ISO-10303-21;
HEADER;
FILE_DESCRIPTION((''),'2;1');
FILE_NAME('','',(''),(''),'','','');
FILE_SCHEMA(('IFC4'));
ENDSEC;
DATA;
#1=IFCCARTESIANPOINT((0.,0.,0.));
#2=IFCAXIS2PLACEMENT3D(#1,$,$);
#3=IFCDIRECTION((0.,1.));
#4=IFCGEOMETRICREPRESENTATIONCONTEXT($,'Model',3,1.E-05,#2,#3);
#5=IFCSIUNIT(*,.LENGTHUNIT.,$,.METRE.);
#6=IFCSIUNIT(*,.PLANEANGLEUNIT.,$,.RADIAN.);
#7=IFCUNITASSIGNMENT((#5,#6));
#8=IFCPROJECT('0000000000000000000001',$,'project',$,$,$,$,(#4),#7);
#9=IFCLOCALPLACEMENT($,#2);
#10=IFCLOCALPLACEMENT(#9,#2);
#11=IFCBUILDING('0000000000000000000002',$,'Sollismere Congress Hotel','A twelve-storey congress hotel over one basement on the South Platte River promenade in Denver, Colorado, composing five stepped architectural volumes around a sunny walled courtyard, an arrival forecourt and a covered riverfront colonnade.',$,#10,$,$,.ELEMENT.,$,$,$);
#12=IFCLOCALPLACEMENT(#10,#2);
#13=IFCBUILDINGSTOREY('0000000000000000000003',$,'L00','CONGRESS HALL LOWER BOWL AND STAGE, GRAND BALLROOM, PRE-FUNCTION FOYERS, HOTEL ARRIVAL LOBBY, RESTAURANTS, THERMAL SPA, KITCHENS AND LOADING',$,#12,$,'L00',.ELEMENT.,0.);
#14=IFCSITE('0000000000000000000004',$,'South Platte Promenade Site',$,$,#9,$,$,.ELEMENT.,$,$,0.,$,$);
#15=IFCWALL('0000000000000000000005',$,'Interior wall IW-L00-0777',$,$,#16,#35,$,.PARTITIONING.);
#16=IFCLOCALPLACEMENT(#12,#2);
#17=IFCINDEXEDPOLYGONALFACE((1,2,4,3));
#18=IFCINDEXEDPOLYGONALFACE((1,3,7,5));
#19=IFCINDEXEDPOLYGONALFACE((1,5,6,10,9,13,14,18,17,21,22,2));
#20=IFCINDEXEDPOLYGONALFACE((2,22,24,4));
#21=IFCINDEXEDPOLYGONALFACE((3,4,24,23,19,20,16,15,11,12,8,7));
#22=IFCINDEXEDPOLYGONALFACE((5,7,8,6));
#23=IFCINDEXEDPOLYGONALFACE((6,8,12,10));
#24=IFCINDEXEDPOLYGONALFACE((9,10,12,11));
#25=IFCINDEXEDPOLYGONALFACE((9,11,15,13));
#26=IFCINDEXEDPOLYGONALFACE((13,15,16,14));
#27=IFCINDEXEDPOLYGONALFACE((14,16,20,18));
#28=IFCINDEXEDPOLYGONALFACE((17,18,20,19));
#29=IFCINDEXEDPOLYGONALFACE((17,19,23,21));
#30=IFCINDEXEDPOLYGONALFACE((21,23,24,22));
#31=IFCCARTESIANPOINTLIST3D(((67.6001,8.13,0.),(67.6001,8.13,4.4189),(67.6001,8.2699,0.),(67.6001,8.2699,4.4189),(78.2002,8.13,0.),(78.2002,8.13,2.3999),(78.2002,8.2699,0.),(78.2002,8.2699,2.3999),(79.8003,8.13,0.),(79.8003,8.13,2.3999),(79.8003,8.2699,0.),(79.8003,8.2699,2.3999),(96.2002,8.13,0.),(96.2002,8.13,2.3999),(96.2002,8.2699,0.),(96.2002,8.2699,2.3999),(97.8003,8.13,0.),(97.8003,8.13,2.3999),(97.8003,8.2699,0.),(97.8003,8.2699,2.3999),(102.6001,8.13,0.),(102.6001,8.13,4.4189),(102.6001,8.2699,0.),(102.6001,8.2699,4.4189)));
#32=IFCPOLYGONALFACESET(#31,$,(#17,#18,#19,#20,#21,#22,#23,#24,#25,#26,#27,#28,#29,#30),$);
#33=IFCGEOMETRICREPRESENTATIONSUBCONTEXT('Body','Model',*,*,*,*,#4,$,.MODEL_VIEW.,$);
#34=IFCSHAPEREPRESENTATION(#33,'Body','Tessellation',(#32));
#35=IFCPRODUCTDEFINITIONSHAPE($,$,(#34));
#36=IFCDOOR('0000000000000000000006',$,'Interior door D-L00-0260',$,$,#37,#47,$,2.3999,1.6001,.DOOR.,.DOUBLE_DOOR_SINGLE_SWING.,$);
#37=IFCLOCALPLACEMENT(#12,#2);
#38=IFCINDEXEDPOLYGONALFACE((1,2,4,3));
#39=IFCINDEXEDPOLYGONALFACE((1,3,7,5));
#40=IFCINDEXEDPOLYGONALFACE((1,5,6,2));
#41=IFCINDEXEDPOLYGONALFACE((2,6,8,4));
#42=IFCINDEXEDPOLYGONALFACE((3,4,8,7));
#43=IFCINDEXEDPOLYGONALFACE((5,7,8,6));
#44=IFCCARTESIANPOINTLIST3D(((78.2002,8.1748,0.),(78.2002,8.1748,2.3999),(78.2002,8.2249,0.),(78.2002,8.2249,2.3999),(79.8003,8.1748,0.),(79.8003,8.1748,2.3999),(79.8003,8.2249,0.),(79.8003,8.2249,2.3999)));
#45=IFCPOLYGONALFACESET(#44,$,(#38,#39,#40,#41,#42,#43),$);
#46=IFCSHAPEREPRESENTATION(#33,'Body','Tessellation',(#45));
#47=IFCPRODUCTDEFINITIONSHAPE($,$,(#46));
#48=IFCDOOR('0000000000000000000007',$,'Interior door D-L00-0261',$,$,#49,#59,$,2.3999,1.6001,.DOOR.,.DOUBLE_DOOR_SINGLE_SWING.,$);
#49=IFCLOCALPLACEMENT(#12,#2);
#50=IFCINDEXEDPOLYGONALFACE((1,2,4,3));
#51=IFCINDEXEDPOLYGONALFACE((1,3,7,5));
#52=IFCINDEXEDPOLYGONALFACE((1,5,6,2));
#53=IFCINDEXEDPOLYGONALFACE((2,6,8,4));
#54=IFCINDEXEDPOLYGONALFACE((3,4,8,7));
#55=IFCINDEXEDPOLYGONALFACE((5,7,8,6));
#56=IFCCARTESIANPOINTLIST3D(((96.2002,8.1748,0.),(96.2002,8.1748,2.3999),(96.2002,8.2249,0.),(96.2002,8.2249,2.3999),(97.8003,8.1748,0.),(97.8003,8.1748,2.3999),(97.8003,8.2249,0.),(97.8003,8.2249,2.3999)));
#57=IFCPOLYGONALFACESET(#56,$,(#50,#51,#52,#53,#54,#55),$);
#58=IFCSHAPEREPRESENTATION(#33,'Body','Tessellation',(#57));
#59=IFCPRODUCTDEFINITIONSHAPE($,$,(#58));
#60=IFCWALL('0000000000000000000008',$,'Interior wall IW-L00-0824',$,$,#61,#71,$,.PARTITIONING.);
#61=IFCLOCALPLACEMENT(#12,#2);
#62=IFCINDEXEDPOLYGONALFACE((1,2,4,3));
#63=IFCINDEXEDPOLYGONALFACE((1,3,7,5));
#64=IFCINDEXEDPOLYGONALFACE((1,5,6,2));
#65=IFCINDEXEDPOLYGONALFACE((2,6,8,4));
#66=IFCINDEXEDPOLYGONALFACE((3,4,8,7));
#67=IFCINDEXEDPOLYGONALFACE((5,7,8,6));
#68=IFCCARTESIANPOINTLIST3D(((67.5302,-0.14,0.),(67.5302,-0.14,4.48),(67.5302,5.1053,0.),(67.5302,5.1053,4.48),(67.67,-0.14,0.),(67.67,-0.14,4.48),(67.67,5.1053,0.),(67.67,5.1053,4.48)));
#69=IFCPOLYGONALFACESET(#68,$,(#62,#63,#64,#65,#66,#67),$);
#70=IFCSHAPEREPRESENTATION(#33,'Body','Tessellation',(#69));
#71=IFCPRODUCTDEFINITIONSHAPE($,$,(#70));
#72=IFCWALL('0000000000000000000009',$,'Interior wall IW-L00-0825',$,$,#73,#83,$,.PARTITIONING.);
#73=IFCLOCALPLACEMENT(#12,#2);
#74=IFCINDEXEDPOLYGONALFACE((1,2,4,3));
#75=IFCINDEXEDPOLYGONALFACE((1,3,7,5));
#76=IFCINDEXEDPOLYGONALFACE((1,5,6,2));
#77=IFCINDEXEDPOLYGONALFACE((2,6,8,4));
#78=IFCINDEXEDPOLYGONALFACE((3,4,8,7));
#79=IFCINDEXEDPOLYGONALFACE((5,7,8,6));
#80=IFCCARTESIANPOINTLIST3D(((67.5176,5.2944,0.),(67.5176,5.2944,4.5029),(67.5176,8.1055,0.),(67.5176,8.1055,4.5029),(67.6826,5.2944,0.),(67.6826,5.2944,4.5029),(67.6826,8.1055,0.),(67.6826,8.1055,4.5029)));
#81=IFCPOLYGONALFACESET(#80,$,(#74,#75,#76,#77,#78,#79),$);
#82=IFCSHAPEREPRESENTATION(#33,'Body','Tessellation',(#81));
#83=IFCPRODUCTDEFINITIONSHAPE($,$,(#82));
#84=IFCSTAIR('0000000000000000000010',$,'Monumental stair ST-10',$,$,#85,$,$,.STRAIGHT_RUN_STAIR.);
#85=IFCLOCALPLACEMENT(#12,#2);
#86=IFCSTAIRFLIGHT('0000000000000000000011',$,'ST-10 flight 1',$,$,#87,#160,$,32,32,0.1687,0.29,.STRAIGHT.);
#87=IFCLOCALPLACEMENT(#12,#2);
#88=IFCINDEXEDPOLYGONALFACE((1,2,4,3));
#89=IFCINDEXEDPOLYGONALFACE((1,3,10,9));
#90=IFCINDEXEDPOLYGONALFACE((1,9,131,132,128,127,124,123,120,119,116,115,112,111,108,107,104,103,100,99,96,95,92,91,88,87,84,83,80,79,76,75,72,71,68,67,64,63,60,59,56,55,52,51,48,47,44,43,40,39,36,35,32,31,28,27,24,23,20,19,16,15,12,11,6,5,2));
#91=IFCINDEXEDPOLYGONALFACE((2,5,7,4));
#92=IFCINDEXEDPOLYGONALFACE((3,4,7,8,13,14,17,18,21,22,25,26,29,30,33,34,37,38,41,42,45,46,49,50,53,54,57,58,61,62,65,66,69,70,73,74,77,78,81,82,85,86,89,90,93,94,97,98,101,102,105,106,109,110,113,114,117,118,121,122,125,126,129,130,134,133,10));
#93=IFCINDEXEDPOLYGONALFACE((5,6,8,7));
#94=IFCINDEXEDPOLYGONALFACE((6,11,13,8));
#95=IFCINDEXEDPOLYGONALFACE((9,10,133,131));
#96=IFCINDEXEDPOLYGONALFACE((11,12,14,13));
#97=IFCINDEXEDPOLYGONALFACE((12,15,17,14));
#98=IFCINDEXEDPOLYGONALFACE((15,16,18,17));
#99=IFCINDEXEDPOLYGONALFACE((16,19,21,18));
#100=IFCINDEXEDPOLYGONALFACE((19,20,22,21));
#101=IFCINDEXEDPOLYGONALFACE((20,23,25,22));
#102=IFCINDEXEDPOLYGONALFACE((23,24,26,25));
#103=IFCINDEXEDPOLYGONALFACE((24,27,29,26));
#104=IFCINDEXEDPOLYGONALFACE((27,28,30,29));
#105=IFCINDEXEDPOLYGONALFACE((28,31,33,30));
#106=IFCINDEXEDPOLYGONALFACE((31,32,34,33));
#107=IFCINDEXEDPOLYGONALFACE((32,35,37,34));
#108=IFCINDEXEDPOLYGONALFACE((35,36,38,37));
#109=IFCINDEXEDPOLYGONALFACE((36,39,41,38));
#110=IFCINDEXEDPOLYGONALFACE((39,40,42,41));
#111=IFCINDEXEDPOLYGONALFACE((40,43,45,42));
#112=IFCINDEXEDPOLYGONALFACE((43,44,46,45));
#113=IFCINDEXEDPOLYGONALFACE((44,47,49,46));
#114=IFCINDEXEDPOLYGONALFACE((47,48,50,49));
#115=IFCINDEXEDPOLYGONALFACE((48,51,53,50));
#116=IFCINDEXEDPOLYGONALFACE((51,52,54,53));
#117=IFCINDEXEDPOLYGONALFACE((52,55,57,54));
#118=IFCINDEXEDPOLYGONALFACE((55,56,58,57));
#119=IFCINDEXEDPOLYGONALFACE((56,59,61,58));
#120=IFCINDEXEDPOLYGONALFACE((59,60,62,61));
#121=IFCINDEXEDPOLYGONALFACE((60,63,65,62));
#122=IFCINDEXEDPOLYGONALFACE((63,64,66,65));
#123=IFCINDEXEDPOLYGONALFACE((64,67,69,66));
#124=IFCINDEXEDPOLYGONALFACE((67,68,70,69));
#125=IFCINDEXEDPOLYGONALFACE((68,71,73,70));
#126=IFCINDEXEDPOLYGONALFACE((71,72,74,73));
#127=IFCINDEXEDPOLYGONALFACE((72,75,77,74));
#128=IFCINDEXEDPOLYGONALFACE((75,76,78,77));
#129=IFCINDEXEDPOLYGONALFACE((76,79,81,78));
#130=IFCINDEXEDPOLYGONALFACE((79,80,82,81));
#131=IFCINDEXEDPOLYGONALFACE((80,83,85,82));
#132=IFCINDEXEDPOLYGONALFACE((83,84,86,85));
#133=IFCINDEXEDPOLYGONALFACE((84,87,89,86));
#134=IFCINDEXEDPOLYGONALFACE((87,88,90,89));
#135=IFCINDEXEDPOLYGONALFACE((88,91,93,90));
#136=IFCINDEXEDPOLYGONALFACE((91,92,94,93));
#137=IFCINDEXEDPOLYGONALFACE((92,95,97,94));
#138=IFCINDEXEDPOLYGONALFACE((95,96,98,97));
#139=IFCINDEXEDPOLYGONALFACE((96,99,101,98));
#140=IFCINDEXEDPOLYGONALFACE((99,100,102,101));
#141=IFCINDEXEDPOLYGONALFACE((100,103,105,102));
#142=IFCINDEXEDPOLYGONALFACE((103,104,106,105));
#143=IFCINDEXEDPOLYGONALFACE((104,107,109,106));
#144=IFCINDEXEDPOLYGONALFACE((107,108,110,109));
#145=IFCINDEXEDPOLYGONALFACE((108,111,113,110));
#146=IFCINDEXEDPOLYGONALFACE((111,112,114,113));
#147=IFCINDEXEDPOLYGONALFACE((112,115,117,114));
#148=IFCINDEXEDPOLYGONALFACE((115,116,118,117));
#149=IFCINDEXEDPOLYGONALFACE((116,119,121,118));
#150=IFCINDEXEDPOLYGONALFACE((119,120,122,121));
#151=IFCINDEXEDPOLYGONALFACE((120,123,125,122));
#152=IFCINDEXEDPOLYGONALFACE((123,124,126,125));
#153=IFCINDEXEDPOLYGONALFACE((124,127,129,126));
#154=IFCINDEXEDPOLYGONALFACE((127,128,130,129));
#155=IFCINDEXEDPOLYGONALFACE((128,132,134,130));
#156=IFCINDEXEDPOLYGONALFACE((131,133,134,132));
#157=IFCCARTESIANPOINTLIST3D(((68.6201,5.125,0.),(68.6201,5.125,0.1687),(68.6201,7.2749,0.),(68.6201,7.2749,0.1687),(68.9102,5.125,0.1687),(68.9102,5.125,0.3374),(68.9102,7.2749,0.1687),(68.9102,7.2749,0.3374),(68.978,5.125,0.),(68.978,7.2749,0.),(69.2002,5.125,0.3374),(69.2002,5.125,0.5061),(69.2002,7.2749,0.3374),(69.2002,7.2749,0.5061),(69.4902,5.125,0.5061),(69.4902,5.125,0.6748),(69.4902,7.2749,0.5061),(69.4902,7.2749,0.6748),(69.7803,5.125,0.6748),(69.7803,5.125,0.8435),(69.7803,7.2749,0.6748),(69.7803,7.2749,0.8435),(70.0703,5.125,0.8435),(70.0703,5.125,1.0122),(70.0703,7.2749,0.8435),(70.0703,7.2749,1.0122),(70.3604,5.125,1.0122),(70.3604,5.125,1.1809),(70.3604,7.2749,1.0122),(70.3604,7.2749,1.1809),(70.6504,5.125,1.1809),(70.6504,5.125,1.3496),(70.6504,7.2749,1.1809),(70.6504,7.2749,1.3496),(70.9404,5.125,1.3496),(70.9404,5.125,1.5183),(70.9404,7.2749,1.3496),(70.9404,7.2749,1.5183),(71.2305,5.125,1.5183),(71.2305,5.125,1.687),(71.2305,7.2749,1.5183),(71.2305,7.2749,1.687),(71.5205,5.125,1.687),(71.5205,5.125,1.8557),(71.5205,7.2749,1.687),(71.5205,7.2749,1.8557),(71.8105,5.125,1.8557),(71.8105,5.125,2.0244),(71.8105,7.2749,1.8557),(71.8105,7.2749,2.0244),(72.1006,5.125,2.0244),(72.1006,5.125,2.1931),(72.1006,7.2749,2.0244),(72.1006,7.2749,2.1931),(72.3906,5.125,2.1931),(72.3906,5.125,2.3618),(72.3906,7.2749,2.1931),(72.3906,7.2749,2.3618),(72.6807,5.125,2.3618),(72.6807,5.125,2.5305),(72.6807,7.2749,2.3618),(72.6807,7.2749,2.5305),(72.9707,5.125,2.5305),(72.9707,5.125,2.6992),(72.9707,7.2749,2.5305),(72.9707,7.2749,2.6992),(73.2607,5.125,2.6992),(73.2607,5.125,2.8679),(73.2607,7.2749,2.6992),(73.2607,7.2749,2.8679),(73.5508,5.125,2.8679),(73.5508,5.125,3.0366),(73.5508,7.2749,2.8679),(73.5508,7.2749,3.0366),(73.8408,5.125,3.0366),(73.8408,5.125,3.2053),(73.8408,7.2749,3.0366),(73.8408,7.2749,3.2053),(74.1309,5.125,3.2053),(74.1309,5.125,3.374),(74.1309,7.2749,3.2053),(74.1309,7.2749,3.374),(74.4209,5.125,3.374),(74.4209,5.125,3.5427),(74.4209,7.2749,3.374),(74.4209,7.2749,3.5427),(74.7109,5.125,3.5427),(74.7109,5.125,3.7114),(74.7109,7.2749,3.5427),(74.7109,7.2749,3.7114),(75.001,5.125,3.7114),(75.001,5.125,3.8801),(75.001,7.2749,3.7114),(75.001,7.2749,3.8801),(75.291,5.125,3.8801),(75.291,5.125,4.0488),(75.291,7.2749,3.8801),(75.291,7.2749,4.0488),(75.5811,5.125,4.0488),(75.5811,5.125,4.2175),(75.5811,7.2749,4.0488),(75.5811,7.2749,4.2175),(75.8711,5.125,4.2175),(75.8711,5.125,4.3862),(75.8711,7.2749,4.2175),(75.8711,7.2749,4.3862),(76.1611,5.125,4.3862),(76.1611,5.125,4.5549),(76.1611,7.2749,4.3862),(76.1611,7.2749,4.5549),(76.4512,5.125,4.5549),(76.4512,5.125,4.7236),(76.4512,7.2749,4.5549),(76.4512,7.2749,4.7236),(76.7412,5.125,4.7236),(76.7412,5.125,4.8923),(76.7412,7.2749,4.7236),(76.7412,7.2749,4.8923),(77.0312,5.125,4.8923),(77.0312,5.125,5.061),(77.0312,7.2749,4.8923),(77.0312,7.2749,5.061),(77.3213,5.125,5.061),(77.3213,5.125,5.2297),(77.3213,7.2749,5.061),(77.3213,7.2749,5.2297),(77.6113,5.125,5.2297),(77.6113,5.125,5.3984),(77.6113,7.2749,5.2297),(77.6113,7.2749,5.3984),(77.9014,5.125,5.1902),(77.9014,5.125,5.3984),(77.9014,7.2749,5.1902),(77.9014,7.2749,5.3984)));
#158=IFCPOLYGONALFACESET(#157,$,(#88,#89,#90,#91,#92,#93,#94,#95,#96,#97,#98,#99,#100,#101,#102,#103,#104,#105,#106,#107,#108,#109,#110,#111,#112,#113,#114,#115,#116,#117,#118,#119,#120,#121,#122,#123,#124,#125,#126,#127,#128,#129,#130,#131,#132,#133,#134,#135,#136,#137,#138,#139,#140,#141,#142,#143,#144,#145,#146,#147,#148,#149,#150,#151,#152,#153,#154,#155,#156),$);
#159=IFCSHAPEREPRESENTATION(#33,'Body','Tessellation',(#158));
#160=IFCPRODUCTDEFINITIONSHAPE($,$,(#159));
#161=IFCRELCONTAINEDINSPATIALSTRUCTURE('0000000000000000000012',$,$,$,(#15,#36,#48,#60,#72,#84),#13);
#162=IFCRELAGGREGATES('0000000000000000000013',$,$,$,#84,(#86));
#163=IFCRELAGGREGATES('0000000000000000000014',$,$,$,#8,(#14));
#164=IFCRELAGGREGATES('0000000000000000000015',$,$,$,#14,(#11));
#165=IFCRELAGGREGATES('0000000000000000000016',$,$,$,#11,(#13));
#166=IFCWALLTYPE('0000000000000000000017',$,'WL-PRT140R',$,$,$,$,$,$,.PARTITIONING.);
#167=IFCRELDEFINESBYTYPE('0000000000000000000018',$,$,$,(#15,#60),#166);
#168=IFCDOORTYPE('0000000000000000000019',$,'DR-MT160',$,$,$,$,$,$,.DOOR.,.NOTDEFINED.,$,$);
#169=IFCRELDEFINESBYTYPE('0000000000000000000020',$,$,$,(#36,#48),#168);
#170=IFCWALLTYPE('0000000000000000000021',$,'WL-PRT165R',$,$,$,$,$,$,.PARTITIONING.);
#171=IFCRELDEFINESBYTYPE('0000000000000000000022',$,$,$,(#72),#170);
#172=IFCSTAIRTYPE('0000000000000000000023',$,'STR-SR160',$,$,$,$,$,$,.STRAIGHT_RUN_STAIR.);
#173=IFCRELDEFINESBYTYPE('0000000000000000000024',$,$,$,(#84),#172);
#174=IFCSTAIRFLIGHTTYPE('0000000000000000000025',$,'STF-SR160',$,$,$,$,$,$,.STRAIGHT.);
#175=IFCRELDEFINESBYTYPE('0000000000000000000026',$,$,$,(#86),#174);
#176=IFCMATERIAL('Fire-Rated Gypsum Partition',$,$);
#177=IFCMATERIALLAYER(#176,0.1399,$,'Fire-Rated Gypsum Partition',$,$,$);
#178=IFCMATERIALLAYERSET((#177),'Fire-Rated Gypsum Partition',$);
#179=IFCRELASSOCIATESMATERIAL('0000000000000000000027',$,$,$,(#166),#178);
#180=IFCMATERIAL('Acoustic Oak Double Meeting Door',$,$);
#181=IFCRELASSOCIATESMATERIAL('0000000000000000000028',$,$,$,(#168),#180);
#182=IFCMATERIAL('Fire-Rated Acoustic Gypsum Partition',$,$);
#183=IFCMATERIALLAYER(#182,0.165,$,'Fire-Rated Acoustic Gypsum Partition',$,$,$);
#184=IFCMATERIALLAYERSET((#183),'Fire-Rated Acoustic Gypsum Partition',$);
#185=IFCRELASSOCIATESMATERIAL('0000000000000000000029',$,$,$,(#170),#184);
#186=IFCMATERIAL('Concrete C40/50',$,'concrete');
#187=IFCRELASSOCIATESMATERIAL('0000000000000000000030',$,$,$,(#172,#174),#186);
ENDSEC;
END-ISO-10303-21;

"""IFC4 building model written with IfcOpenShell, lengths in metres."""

from ifc_helpers import new_model, si_unit, direction, frame, frame_2d, origin, place, context, subcontext, project, spatial, polyline, rectangle, outline, extrude, material, layer, layer_set, type_object, element, fill, aggregate, save


model = new_model("IFC4")

# Units and contexts
model_context = context("Model", 3, precision=1e-05, world=origin(), true_north=direction((0.0, 1.0)))
body_context = subcontext(model_context, "Body", "Model", "MODEL_VIEW")
ifc_project = project(units=[si_unit("LENGTHUNIT", "METRE"), si_unit("PLANEANGLEUNIT", "RADIAN")], contexts=[model_context])

# Site, building, storey
site_placement = place(None, origin())
site = spatial("IfcSite", under=ifc_project, at=site_placement, Name="South Platte Promenade Site", CompositionType="ELEMENT", RefElevation=0.0)
building_placement = place(site_placement, origin())
building = spatial("IfcBuilding", under=site, at=building_placement, Name="Sollismere Congress Hotel", Description="A twelve-storey congress hotel over one basement on the South Platte River promenade in Denver, Colorado, composing five stepped architectural volumes around a sunny walled courtyard, an arrival forecourt and a covered riverfront colonnade.", CompositionType="ELEMENT")
storey_placement = place(building_placement, origin())
storey = spatial("IfcBuildingStorey", under=building, at=storey_placement, Name="L00", Description="CONGRESS HALL LOWER BOWL AND STAGE, GRAND BALLROOM, PRE-FUNCTION FOYERS, HOTEL ARRIVAL LOBBY, RESTAURANTS, THERMAL SPA, KITCHENS AND LOADING", LongName="L00", CompositionType="ELEMENT", Elevation=0.0)

# Wall, openings, doors
ifc_material_1 = material(Name="Fire-Rated Gypsum Partition")
ifc_layer_1 = layer(ifc_material_1, 0.1399, Name="Fire-Rated Gypsum Partition")
ifc_layer_set_1 = layer_set([ifc_layer_1], Name="Fire-Rated Gypsum Partition")
wall_type_1 = type_object("IfcWallType", Name="WL-PRT140R", PredefinedType="PARTITIONING", material=ifc_layer_set_1)
wall_1_placement = place(storey_placement, frame((67.6001, 8.2, 0.0), z_axis=(0.0, 0.0, 1.0), x_axis=(1.0, 0.0, 0.0)))
wall_1 = element("IfcWall", 1, at=wall_1_placement, inside=storey, type_object=wall_type_1, Name="Interior wall IW-L00-0777", PredefinedType="PARTITIONING", context=body_context, shape_type="SweptSolid", body=[
    extrude(rectangle(XDim=35.0, YDim=0.1399, at=frame_2d((17.5, 0.0))), origin(), (0.0, 0.0, 1.0), 4.4189),
])
opening_1_placement = place(wall_1_placement, frame((10.6001, 0.0, 0.0)))
opening_1 = element("IfcOpeningElement", 2, at=opening_1_placement, cuts=wall_1, PredefinedType="OPENING", context=body_context, shape_type="SweptSolid", body=[
    extrude(rectangle(XDim=1.6001, YDim=2.3999, at=frame_2d((0.8, 1.2))), frame((0.0, 0.0798, 0.0), z_axis=(0.0, -1.0, 0.0), x_axis=(1.0, 0.0, 0.0)), (0.0, 0.0, 1.0), 0.1599),
])
opening_2_placement = place(wall_1_placement, frame((28.6001, 0.0, 0.0)))
opening_2 = element("IfcOpeningElement", 3, at=opening_2_placement, cuts=wall_1, PredefinedType="OPENING", context=body_context, shape_type="SweptSolid", body=[
    extrude(rectangle(XDim=1.6001, YDim=2.3999, at=frame_2d((0.8, 1.2))), frame((0.0, 0.0798, 0.0), z_axis=(0.0, -1.0, 0.0), x_axis=(1.0, 0.0, 0.0)), (0.0, 0.0, 1.0), 0.1599),
])
ifc_material_2 = material(Name="Acoustic Oak Double Meeting Door")
door_type = type_object("IfcDoorType", Name="DR-MT160", OperationType="NOTDEFINED", PredefinedType="DOOR", material=ifc_material_2)
door_1_placement = place(opening_1_placement, origin())
door_1 = element("IfcDoor", 4, at=door_1_placement, inside=storey, type_object=door_type, Name="Interior door D-L00-0260", OperationType="DOUBLE_DOOR_SINGLE_SWING", OverallHeight=2.3999, OverallWidth=1.6001, PredefinedType="DOOR", context=body_context, shape_type="SweptSolid", body=[
    extrude(rectangle(XDim=1.6001, YDim=2.3999, at=frame_2d((0.8, 1.2))), frame((0.0, 0.0249, 0.0), z_axis=(0.0, -1.0, 0.0), x_axis=(1.0, 0.0, 0.0)), (0.0, 0.0, 1.0), 0.05),
])
fill(opening_1, door_1)
door_2_placement = place(opening_2_placement, origin())
door_2 = element("IfcDoor", 5, at=door_2_placement, inside=storey, type_object=door_type, Name="Interior door D-L00-0261", OperationType="DOUBLE_DOOR_SINGLE_SWING", OverallHeight=2.3999, OverallWidth=1.6001, PredefinedType="DOOR", context=body_context, shape_type="SweptSolid", body=[
    extrude(rectangle(XDim=1.6001, YDim=2.3999, at=frame_2d((0.8, 1.2))), frame((0.0, 0.0249, 0.0), z_axis=(0.0, -1.0, 0.0), x_axis=(1.0, 0.0, 0.0)), (0.0, 0.0, 1.0), 0.05),
])
fill(opening_2, door_2)

# Walls
wall_2_placement = place(storey_placement, frame((67.6001, -0.1399, 0.0), z_axis=(0.0, 0.0, 1.0), x_axis=(0.0, 1.0, 0.0)))
element("IfcWall", 6, at=wall_2_placement, inside=storey, type_object=wall_type_1, Name="Interior wall IW-L00-0824", PredefinedType="PARTITIONING", context=body_context, shape_type="SweptSolid", body=[
    extrude(rectangle(XDim=5.2454, YDim=0.1399, at=frame_2d((2.6226, 0.0))), origin(), (0.0, 0.0, 1.0), 4.48),
])
ifc_material_3 = material(Name="Fire-Rated Acoustic Gypsum Partition")
ifc_layer_2 = layer(ifc_material_3, 0.165, Name="Fire-Rated Acoustic Gypsum Partition")
ifc_layer_set_2 = layer_set([ifc_layer_2], Name="Fire-Rated Acoustic Gypsum Partition")
wall_type_2 = type_object("IfcWallType", Name="WL-PRT165R", PredefinedType="PARTITIONING", material=ifc_layer_set_2)
wall_3_placement = place(storey_placement, frame((67.6001, 5.2944, 0.0), z_axis=(0.0, 0.0, 1.0), x_axis=(0.0, 1.0, 0.0)))
element("IfcWall", 7, at=wall_3_placement, inside=storey, type_object=wall_type_2, Name="Interior wall IW-L00-0825", PredefinedType="PARTITIONING", context=body_context, shape_type="SweptSolid", body=[
    extrude(rectangle(XDim=2.811, YDim=0.165, at=frame_2d((1.4055, 0.0))), origin(), (0.0, 0.0, 1.0), 4.5029),
])

# Stair, stair flight
ifc_material_4 = material(Name="Concrete C40/50", Category="concrete")
stair_type = type_object("IfcStairType", Name="STR-SR160", PredefinedType="STRAIGHT_RUN_STAIR", material=ifc_material_4)
stair_placement = place(storey_placement, origin())
stair = element("IfcStair", 8, at=stair_placement, inside=storey, type_object=stair_type, Name="Monumental stair ST-10", PredefinedType="STRAIGHT_RUN_STAIR")
stair_flight_type = type_object("IfcStairFlightType", Name="STF-SR160", PredefinedType="STRAIGHT", material=ifc_material_4)
stair_flight_placement = place(storey_placement, frame((68.6201, 6.2, 0.0), z_axis=(0.0, 0.0, 1.0), x_axis=(1.0, 0.0, 0.0)))
stair_flight = element("IfcStairFlight", 9, at=stair_flight_placement, type_object=stair_flight_type, Name="ST-10 flight 1", NumberOfRisers=32, NumberOfTreads=32, PredefinedType="STRAIGHT", RiserHeight=0.1687, TreadLength=0.29, context=body_context, shape_type="SweptSolid", body=[
    extrude(outline(polyline([(0.0, 0.0), (0.0, 0.1687), (0.29, 0.1687), (0.29, 0.3374), (0.5801, 0.3374), (0.5801, 0.5061), (0.8701, 0.5061), (0.8701, 0.6748), (1.1602, 0.6748), (1.1602, 0.8435), (1.4502, 0.8435), (1.4502, 1.0122), (1.7402, 1.0122), (1.7402, 1.1809), (2.0303, 1.1809), (2.0303, 1.3496), (2.3203, 1.3496), (2.3203, 1.5183), (2.6104, 1.5183), (2.6104, 1.687), (2.9004, 1.687), (2.9004, 1.8557), (3.1904, 1.8557), (3.1904, 2.0244), (3.4805, 2.0244), (3.4805, 2.1931), (3.7705, 2.1931), (3.7705, 2.3618), (4.0605, 2.3618), (4.0605, 2.5305), (4.3506, 2.5305), (4.3506, 2.6992), (4.6406, 2.6992), (4.6406, 2.8679), (4.9307, 2.8679), (4.9307, 3.0366), (5.2207, 3.0366), (5.2207, 3.2053), (5.5107, 3.2053), (5.5107, 3.374), (5.8008, 3.374), (5.8008, 3.5427), (6.0908, 3.5427), (6.0908, 3.7114), (6.3809, 3.7114), (6.3809, 3.8801), (6.6709, 3.8801), (6.6709, 4.0488), (6.9609, 4.0488), (6.9609, 4.2175), (7.251, 4.2175), (7.251, 4.3862), (7.541, 4.3862), (7.541, 4.5549), (7.8311, 4.5549), (7.8311, 4.7236), (8.1211, 4.7236), (8.1211, 4.8923), (8.4111, 4.8923), (8.4111, 5.061), (8.7012, 5.061), (8.7012, 5.2297), (8.9912, 5.2297), (8.9912, 5.3984), (9.2812, 5.3984), (9.2812, 5.1902), (0.3579, 0.0), (0.0, 0.0)])), frame((0.0, 1.075, 0.0), z_axis=(0.0, -1.0, 0.0), x_axis=(1.0, 0.0, 0.0)), (0.0, 0.0, 1.0), 2.1499),
])
aggregate(stair, [stair_flight])

save(model, "model.ifc")
